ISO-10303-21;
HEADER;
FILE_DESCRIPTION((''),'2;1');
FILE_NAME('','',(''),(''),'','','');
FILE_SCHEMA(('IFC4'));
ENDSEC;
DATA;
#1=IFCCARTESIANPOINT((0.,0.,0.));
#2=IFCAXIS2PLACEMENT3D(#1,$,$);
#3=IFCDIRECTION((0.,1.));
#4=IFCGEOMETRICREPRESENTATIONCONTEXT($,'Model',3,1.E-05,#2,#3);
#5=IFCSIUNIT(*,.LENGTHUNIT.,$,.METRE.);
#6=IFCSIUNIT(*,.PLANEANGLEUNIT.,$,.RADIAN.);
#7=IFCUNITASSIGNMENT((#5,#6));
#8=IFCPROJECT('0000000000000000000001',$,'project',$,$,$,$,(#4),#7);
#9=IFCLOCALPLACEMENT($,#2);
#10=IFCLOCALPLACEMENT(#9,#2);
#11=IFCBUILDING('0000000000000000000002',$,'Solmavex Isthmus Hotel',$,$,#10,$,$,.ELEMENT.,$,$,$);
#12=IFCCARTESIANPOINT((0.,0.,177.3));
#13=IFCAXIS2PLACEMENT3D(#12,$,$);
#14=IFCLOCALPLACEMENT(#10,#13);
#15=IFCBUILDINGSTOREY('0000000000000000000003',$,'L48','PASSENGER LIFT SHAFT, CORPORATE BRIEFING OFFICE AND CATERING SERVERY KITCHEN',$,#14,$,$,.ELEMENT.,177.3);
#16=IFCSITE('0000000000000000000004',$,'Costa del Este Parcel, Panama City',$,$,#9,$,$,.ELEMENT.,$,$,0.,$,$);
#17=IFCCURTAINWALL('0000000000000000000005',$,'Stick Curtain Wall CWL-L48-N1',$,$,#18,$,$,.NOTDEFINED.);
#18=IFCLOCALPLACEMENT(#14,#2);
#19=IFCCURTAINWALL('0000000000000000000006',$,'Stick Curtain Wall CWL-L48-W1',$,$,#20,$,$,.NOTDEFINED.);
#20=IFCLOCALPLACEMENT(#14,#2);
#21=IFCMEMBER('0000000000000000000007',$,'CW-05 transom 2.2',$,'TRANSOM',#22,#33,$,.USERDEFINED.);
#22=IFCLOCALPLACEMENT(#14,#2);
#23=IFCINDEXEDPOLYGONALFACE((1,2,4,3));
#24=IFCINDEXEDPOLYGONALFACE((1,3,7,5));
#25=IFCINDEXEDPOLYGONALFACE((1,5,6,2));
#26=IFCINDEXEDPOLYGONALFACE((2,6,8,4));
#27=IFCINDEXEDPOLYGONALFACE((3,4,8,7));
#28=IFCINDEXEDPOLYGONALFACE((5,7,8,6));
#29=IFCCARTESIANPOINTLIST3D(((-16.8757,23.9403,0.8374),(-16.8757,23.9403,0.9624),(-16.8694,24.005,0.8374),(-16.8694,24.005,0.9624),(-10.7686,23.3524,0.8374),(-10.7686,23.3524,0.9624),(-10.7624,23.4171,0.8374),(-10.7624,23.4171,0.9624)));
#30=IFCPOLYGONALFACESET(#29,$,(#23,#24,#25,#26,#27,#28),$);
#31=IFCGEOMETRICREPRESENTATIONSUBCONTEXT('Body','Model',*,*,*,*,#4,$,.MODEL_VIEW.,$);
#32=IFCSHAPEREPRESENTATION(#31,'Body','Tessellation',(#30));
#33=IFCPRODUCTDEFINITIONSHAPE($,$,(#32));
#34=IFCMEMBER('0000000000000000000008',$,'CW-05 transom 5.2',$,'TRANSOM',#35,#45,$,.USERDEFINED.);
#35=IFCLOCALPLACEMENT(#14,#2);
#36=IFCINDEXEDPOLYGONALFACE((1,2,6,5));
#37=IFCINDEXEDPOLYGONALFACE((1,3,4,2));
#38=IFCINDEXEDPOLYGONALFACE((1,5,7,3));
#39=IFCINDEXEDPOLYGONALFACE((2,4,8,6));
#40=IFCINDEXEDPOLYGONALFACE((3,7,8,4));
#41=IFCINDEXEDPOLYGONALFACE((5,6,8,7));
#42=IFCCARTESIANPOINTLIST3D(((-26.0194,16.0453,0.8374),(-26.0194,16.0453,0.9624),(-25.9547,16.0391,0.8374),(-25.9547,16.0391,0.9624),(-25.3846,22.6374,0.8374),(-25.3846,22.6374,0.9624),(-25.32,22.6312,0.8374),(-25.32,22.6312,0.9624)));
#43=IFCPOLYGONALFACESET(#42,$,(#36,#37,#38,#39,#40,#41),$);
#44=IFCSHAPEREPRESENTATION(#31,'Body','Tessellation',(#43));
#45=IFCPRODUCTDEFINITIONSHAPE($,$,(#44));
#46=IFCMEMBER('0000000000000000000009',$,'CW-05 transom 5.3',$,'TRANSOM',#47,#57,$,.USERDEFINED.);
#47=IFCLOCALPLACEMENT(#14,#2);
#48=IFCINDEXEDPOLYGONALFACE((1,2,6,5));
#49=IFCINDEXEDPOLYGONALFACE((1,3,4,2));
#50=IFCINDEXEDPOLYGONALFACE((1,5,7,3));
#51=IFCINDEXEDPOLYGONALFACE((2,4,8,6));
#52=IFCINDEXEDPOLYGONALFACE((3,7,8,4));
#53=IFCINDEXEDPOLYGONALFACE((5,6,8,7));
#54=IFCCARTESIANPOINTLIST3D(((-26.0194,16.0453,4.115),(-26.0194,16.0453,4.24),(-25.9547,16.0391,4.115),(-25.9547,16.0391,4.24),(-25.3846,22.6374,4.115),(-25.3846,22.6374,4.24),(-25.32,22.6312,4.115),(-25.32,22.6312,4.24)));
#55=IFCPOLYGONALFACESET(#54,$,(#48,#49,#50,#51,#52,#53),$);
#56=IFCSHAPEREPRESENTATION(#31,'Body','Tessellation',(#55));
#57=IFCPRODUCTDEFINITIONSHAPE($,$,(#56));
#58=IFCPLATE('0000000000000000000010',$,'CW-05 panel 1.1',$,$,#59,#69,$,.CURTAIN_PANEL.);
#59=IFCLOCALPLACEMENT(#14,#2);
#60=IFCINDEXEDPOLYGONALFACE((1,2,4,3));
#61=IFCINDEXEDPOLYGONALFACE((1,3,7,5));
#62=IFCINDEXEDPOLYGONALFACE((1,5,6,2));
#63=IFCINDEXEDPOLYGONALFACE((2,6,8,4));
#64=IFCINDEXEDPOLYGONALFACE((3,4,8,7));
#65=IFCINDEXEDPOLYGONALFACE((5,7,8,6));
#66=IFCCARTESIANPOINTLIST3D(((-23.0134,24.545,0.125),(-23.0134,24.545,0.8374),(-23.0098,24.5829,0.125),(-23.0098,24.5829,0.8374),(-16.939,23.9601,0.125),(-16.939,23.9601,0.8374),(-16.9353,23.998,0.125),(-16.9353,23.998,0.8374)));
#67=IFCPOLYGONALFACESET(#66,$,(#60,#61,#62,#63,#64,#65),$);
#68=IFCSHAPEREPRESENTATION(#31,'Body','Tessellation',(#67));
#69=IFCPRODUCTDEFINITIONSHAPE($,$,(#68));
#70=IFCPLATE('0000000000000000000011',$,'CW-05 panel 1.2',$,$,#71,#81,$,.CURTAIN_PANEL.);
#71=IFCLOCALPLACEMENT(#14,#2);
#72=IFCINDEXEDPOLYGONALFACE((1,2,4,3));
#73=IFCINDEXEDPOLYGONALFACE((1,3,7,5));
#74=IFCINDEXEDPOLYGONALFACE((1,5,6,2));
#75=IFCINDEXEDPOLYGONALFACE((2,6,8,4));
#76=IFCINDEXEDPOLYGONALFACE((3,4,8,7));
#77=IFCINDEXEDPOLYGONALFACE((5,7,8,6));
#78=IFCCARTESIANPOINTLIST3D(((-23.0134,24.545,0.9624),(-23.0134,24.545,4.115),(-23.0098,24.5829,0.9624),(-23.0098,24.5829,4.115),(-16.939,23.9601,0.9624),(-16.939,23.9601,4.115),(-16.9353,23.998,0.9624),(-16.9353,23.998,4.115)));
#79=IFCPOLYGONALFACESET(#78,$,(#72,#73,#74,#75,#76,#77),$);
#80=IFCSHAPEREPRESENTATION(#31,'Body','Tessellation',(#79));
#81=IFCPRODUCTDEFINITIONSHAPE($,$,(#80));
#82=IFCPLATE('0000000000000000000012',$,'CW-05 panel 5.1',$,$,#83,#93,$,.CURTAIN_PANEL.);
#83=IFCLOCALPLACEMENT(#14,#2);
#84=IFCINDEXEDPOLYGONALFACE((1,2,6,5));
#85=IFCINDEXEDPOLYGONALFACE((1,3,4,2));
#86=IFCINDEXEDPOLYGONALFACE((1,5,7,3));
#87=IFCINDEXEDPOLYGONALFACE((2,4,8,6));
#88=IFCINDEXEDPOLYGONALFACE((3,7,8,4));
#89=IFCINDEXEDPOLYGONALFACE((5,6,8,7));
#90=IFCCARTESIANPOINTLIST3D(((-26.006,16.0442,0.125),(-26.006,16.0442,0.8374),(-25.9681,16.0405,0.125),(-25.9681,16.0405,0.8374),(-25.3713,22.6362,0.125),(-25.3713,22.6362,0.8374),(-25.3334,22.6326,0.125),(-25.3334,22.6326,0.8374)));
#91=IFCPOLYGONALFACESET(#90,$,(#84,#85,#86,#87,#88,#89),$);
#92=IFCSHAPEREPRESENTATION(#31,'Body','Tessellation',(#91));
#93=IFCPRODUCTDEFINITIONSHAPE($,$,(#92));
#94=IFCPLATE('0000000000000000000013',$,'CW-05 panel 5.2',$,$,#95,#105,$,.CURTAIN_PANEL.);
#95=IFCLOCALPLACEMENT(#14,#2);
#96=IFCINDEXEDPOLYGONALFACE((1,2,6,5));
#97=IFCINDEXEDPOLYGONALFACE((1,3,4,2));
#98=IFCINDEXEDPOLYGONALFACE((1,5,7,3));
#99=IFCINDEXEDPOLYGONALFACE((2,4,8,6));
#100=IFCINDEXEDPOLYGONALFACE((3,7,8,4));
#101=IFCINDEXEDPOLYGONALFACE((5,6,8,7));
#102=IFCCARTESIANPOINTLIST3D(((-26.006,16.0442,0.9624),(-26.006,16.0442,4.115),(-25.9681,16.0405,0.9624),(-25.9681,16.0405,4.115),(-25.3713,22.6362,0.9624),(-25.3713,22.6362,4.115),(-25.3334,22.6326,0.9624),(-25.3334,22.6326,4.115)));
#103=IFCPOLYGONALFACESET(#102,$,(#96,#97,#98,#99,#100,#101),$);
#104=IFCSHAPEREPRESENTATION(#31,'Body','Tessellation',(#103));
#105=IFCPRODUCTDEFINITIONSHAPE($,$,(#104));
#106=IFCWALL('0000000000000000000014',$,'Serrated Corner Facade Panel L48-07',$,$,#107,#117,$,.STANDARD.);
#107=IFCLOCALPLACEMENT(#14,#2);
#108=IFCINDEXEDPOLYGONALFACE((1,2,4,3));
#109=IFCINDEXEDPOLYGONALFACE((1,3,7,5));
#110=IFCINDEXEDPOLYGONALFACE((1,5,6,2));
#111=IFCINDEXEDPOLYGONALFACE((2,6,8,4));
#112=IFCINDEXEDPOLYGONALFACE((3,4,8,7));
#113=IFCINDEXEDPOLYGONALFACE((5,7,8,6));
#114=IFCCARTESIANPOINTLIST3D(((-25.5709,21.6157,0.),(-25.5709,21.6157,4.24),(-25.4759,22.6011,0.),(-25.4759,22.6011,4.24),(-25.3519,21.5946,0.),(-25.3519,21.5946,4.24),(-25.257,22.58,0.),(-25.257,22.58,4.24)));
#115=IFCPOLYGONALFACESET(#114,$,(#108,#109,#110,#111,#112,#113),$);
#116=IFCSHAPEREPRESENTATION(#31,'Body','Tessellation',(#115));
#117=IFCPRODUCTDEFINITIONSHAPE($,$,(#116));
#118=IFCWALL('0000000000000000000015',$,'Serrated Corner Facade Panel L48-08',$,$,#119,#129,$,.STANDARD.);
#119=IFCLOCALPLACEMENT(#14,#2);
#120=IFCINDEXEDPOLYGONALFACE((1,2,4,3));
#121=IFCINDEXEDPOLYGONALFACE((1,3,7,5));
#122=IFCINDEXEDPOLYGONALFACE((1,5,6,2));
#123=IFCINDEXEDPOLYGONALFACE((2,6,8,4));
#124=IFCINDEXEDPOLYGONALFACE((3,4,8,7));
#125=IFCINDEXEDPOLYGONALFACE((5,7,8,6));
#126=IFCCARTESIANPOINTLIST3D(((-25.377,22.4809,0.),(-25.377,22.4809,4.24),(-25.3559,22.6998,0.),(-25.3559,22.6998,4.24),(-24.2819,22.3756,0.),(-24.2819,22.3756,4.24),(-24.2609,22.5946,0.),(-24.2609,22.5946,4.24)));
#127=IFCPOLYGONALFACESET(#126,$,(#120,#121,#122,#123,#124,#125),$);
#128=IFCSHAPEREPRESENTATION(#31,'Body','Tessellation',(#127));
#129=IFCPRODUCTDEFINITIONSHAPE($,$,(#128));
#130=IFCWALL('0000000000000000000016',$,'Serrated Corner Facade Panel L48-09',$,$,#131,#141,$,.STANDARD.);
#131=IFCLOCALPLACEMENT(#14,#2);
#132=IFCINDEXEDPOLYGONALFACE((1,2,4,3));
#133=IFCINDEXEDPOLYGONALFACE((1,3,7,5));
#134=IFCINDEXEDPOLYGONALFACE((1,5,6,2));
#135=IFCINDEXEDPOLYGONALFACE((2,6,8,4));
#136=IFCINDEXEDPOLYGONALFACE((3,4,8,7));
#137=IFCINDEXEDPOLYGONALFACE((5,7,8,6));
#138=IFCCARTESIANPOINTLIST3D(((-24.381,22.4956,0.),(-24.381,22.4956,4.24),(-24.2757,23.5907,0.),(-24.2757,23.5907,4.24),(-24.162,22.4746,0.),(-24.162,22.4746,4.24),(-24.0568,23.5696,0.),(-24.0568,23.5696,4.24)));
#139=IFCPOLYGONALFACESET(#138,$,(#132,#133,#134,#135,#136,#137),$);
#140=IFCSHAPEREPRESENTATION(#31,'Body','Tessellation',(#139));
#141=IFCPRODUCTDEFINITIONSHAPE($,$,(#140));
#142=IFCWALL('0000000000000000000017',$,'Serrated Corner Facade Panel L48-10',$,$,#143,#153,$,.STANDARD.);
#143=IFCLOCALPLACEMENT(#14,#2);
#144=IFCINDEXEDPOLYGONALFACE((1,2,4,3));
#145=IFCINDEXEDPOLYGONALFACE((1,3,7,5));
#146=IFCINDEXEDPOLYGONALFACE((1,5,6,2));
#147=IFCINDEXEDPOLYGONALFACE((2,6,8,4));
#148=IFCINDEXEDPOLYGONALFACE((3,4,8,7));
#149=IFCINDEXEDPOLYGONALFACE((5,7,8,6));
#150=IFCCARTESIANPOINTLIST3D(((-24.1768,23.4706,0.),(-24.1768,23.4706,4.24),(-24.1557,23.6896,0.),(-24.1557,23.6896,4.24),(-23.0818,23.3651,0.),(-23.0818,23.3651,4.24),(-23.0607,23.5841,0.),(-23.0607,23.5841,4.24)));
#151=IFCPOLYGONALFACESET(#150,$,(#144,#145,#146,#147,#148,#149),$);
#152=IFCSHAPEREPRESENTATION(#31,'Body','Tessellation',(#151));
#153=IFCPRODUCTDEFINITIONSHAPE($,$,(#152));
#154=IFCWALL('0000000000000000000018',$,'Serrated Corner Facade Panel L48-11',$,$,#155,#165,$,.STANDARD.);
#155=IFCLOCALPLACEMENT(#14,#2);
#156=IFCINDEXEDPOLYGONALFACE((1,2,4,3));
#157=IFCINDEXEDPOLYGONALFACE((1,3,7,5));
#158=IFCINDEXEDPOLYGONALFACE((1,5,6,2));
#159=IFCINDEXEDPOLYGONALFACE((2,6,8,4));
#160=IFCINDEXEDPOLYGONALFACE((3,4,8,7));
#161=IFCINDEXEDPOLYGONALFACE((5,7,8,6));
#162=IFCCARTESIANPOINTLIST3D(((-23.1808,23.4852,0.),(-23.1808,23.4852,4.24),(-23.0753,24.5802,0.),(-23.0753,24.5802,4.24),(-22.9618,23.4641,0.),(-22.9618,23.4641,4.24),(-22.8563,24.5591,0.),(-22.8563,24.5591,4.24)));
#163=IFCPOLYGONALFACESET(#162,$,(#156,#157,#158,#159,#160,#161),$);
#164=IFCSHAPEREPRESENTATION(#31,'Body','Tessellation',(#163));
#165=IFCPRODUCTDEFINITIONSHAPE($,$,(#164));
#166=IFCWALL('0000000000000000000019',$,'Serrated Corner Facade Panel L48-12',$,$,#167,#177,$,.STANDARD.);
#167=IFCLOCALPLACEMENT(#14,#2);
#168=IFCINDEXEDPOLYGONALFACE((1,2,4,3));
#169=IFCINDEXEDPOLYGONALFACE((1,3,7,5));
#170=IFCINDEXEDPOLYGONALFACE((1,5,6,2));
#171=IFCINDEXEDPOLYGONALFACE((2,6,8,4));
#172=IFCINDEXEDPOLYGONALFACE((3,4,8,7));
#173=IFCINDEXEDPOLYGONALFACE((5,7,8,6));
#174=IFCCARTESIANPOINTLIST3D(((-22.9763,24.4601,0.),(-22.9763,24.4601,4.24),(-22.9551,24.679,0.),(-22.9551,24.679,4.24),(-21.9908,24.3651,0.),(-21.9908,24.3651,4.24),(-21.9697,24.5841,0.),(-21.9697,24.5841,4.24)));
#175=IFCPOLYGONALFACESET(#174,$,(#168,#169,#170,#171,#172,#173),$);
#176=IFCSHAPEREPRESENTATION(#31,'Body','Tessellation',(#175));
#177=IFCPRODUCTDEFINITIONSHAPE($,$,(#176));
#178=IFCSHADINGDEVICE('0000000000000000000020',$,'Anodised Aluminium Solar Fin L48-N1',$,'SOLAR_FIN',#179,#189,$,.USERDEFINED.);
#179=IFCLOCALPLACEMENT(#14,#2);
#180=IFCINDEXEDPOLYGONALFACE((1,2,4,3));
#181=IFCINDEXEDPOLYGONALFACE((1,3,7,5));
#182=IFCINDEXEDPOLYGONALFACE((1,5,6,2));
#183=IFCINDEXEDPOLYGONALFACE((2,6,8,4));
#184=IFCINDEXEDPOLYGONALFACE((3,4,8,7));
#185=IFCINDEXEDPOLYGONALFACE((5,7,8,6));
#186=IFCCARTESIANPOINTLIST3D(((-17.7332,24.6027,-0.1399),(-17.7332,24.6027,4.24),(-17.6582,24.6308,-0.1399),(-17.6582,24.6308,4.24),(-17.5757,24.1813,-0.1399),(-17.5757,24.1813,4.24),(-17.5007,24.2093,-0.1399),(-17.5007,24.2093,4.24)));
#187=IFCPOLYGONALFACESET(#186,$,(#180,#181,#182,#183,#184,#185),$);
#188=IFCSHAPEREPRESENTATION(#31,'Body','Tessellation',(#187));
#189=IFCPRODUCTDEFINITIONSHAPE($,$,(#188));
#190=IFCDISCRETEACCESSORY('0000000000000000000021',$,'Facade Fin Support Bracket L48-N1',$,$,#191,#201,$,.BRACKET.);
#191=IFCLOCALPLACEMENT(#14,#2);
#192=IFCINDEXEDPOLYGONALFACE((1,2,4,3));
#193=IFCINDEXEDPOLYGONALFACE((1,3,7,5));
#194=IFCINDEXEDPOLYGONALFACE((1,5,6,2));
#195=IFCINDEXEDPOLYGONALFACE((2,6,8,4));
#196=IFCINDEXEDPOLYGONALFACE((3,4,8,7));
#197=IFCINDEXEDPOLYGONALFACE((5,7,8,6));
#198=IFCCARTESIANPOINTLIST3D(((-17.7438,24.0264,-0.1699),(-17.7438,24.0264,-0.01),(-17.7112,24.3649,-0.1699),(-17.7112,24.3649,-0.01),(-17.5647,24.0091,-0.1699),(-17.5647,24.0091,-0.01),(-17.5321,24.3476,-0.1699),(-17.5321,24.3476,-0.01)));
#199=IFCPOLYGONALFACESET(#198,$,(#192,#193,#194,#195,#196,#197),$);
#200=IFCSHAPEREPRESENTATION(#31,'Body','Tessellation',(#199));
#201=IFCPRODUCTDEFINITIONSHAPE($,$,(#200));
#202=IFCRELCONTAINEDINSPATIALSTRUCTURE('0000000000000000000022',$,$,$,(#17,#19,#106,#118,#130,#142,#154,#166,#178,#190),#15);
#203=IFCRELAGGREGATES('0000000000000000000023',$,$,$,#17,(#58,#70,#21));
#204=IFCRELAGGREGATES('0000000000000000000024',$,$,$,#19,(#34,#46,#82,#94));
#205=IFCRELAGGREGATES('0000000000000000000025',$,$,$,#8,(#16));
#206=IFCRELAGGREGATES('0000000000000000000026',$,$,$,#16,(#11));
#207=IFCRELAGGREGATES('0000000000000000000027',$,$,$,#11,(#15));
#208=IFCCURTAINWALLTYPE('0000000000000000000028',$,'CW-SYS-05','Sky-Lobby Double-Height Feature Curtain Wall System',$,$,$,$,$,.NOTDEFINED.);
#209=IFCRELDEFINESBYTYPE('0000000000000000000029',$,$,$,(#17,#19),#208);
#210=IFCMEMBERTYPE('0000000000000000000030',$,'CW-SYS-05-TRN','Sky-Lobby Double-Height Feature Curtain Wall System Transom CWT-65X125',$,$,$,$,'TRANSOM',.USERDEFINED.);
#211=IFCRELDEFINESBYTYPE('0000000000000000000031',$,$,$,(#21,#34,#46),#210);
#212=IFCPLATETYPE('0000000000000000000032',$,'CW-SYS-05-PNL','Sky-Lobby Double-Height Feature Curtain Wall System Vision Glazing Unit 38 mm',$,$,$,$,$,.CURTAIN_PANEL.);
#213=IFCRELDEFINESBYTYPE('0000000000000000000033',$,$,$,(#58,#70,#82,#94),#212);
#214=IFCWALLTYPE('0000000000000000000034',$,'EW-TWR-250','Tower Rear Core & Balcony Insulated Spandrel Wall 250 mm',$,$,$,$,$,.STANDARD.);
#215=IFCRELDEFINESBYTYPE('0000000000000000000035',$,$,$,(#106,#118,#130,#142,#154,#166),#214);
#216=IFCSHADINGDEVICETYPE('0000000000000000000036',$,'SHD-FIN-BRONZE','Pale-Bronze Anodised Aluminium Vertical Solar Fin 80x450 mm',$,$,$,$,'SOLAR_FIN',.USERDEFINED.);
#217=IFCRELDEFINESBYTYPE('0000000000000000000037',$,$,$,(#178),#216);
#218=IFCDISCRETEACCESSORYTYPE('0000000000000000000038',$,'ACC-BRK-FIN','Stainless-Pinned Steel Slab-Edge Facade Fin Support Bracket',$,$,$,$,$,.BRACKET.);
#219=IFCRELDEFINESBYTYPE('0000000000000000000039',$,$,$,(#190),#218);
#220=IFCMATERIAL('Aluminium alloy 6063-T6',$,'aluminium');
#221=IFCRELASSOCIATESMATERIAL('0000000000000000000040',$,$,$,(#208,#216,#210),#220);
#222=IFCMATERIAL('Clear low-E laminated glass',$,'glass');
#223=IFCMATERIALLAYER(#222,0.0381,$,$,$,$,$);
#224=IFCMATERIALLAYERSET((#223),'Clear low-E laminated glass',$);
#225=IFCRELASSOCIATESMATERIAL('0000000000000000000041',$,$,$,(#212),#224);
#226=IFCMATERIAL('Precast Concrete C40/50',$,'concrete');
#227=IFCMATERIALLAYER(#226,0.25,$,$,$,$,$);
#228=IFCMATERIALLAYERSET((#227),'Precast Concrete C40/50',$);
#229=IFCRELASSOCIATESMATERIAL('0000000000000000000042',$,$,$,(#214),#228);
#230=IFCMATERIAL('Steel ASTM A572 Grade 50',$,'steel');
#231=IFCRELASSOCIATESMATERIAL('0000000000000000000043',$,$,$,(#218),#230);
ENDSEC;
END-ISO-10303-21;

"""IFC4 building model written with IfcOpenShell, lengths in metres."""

from ifc_helpers import new_model, si_unit, direction, frame, frame_2d, origin, origin_2d, place, context, subcontext, project, spatial, rectangle, extrude, material, layer, layer_set, material_profile, profile_set, type_object, element, aggregate, save


model = new_model("IFC4")

# Units and contexts
model_context = context("Model", 3, precision=1e-05, world=origin(), true_north=direction((0.0, 1.0)))
body_context = subcontext(model_context, "Body", "Model", "MODEL_VIEW")
ifc_project = project(units=[si_unit("LENGTHUNIT", "METRE"), si_unit("PLANEANGLEUNIT", "RADIAN")], contexts=[model_context])

# Site, building, storey
site_placement = place(None, origin())
site = spatial("IfcSite", under=ifc_project, at=site_placement, Name="Costa del Este Parcel, Panama City", CompositionType="ELEMENT", RefElevation=0.0)
building_placement = place(site_placement, origin())
building = spatial("IfcBuilding", under=site, at=building_placement, Name="Solmavex Isthmus Hotel", CompositionType="ELEMENT")
storey_placement = place(building_placement, frame((0.0, 0.0, 177.3)))
storey = spatial("IfcBuildingStorey", under=building, at=storey_placement, Name="L48", Description="PASSENGER LIFT SHAFT, CORPORATE BRIEFING OFFICE AND CATERING SERVERY KITCHEN", CompositionType="ELEMENT", Elevation=177.3)

# Curtain wall
ifc_material_1 = material(Name="Aluminium alloy 6063-T6", Category="aluminium")
curtain_wall_type = type_object("IfcCurtainWallType", Name="CW-SYS-05", Description="Sky-Lobby Double-Height Feature Curtain Wall System", PredefinedType="NOTDEFINED", material=ifc_material_1)
curtain_wall_1_placement = place(storey_placement, origin())
curtain_wall_1 = element("IfcCurtainWall", 1, at=curtain_wall_1_placement, inside=storey, type_object=curtain_wall_type, Name="Stick Curtain Wall CWL-L48-N1", PredefinedType="NOTDEFINED")

# Curtain wall
curtain_wall_2_placement = place(storey_placement, origin())
curtain_wall_2 = element("IfcCurtainWall", 2, at=curtain_wall_2_placement, inside=storey, type_object=curtain_wall_type, Name="Stick Curtain Wall CWL-L48-W1", PredefinedType="NOTDEFINED")

# Members
ifc_material_profile_1 = material_profile(ifc_material_1, rectangle(XDim=0.0649, YDim=0.125, at=origin_2d()), Name="CWT-65X125")
ifc_profile_set_1 = profile_set([ifc_material_profile_1], Name="Aluminium alloy 6063-T6")
member_type_1 = type_object("IfcMemberType", Name="CW-SYS-05-TRN", Description="Sky-Lobby Double-Height Feature Curtain Wall System Transom CWT-65X125", ElementType="TRANSOM", PredefinedType="USERDEFINED", material=ifc_profile_set_1)
member_1_placement = place(storey_placement, frame((-16.8726, 23.9727, 0.8999), z_axis=(0.995398, -0.095823, 0.0), x_axis=(0.095823, 0.995398, 0.0)))
member_1 = element("IfcMember", 3, at=member_1_placement, type_object=member_type_1, Name="CW-05 transom 2.2", ObjectType="TRANSOM", PredefinedType="USERDEFINED", context=body_context, shape_type="SweptSolid", body=[
    extrude(rectangle(XDim=0.0649, YDim=0.125, at=origin_2d()), origin(), (0.0, 0.0, 1.0), 6.1353),
])
member_2_placement = place(storey_placement, frame((-25.9871, 16.0422, 0.8999), z_axis=(0.095849, 0.995396, 0.0), x_axis=(-0.995396, 0.095849, 0.0)))
member_2 = element("IfcMember", 4, at=member_2_placement, type_object=member_type_1, Name="CW-05 transom 5.2", ObjectType="TRANSOM", PredefinedType="USERDEFINED", context=body_context, shape_type="SweptSolid", body=[
    extrude(rectangle(XDim=0.0649, YDim=0.125, at=origin_2d()), origin(), (0.0, 0.0, 1.0), 6.6226),
])
member_3_placement = place(storey_placement, frame((-25.9871, 16.0422, 4.1775), z_axis=(0.095849, 0.995396, 0.0), x_axis=(-0.995396, 0.095849, 0.0)))
member_3 = element("IfcMember", 5, at=member_3_placement, type_object=member_type_1, Name="CW-05 transom 5.3", ObjectType="TRANSOM", PredefinedType="USERDEFINED", context=body_context, shape_type="SweptSolid", body=[
    extrude(rectangle(XDim=0.0649, YDim=0.125, at=origin_2d()), origin(), (0.0, 0.0, 1.0), 6.6226),
])

# Plates
ifc_material_2 = material(Name="Clear low-E laminated glass", Category="glass")
ifc_layer_1 = layer(ifc_material_2, 0.0381)
ifc_layer_set_1 = layer_set([ifc_layer_1], Name="Clear low-E laminated glass")
plate_type = type_object("IfcPlateType", Name="CW-SYS-05-PNL", Description="Sky-Lobby Double-Height Feature Curtain Wall System Vision Glazing Unit 38 mm", PredefinedType="CURTAIN_PANEL", material=ifc_layer_set_1)
plate_1_placement = place(storey_placement, frame((-19.9744, 24.2715, 0.125), z_axis=(0.0, 0.0, 1.0), x_axis=(0.995396, -0.095846, 0.0)))
plate_1 = element("IfcPlate", 6, at=plate_1_placement, type_object=plate_type, Name="CW-05 panel 1.1", PredefinedType="CURTAIN_PANEL", context=body_context, shape_type="SweptSolid", body=[
    extrude(rectangle(XDim=6.1025, YDim=0.0381, at=origin_2d()), origin(), (0.0, 0.0, 1.0), 0.7124),
])
plate_2_placement = place(storey_placement, frame((-19.9744, 24.2715, 0.9624), z_axis=(0.0, 0.0, 1.0), x_axis=(0.995396, -0.095846, 0.0)))
plate_2 = element("IfcPlate", 7, at=plate_2_placement, type_object=plate_type, Name="CW-05 panel 1.2", PredefinedType="CURTAIN_PANEL", context=body_context, shape_type="SweptSolid", body=[
    extrude(rectangle(XDim=6.1025, YDim=0.0381, at=origin_2d()), origin(), (0.0, 0.0, 1.0), 3.1526),
])
aggregate(curtain_wall_1, [plate_1, plate_2, member_1])
plate_3_placement = place(storey_placement, frame((-25.6697, 19.3384, 0.125), z_axis=(0.0, 0.0, 1.0), x_axis=(0.095846, 0.995396, 0.0)))
plate_3 = element("IfcPlate", 8, at=plate_3_placement, type_object=plate_type, Name="CW-05 panel 5.1", PredefinedType="CURTAIN_PANEL", context=body_context, shape_type="SweptSolid", body=[
    extrude(rectangle(XDim=6.6226, YDim=0.0381, at=origin_2d()), origin(), (0.0, 0.0, 1.0), 0.7124),
])
plate_4_placement = place(storey_placement, frame((-25.6697, 19.3384, 0.9624), z_axis=(0.0, 0.0, 1.0), x_axis=(0.095846, 0.995396, 0.0)))
plate_4 = element("IfcPlate", 9, at=plate_4_placement, type_object=plate_type, Name="CW-05 panel 5.2", PredefinedType="CURTAIN_PANEL", context=body_context, shape_type="SweptSolid", body=[
    extrude(rectangle(XDim=6.6226, YDim=0.0381, at=origin_2d()), origin(), (0.0, 0.0, 1.0), 3.1526),
])
aggregate(curtain_wall_2, [member_2, member_3, plate_3, plate_4])

# Walls
ifc_material_3 = material(Name="Precast Concrete C40/50", Category="concrete")
ifc_layer_2 = layer(ifc_material_3, 0.25)
ifc_layer_set_2 = layer_set([ifc_layer_2], Name="Precast Concrete C40/50")
wall_type = type_object("IfcWallType", Name="EW-TWR-250", Description="Tower Rear Core & Balcony Insulated Spandrel Wall 250 mm", PredefinedType="STANDARD", material=ifc_layer_set_2)
wall_1_placement = place(storey_placement, frame((-25.4614, 21.605, 0.0), z_axis=(0.0, 0.0, 1.0), x_axis=(0.095938, 0.995387, 0.0)))
element("IfcWall", 10, at=wall_1_placement, inside=storey, type_object=wall_type, Name="Serrated Corner Facade Panel L48-07", PredefinedType="STANDARD", context=body_context, shape_type="SweptSolid", body=[
    extrude(rectangle(XDim=0.99, YDim=0.22, at=frame_2d((0.4951, 0.0))), origin(), (0.0, 0.0, 1.0), 4.24),
])
for number, where, z_axis, x_axis, name in (
    (11, (-25.3665, 22.5903, 0.0), (0.0, 0.0, 1.0), (0.995414, -0.095657, 0.0), "Serrated Corner Facade Panel L48-08"),
    (12, (-24.2715, 22.4851, 0.0), (0.0, 0.0, 1.0), (0.095657, 0.995414, 0.0), "Serrated Corner Facade Panel L48-09"),
    (13, (-24.1663, 23.5801, 0.0), (0.0, 0.0, 1.0), (0.995393, -0.095877, 0.0), "Serrated Corner Facade Panel L48-10"),
    (14, (-23.0713, 23.4746, 0.0), (0.0, 0.0, 1.0), (0.095877, 0.995393, 0.0), "Serrated Corner Facade Panel L48-11"),
):
    element("IfcWall", number, at=place(storey_placement, frame(where, z_axis=z_axis, x_axis=x_axis)), inside=storey, type_object=wall_type, Name=name, PredefinedType="STANDARD", context=body_context, shape_type="SweptSolid", body=[
        extrude(rectangle(XDim=1.1001, YDim=0.22, at=frame_2d((0.55, 0.0))), origin(), (0.0, 0.0, 1.0), 4.24),
    ])
wall_2_placement = place(storey_placement, frame((-22.9658, 24.5696, 0.0), z_axis=(0.0, 0.0, 1.0), x_axis=(0.995387, -0.095938, 0.0)))
element("IfcWall", 15, at=wall_2_placement, inside=storey, type_object=wall_type, Name="Serrated Corner Facade Panel L48-12", PredefinedType="STANDARD", context=body_context, shape_type="SweptSolid", body=[
    extrude(rectangle(XDim=0.99, YDim=0.22, at=frame_2d((0.4951, 0.0))), origin(), (0.0, 0.0, 1.0), 4.24),
])

# Shading device
shading_device_type = type_object("IfcShadingDeviceType", Name="SHD-FIN-BRONZE", Description="Pale-Bronze Anodised Aluminium Vertical Solar Fin 80x450 mm", ElementType="SOLAR_FIN", PredefinedType="USERDEFINED", material=ifc_material_1)
shading_device_placement = place(storey_placement, frame((-17.6169, 24.406, -0.1399), z_axis=(0.0, 0.0, 1.0), x_axis=(-0.350207, 0.936672, 0.0)))
element("IfcShadingDevice", 16, at=shading_device_placement, inside=storey, type_object=shading_device_type, Name="Anodised Aluminium Solar Fin L48-N1", ObjectType="SOLAR_FIN", PredefinedType="USERDEFINED", context=body_context, shape_type="SweptSolid", body=[
    extrude(rectangle(XDim=0.45, YDim=0.0801, at=origin_2d()), origin(), (0.0, 0.0, 1.0), 4.3799),
])

# Discrete accessory
ifc_material_4 = material(Name="Steel ASTM A572 Grade 50", Category="steel")
discrete_accessory_type = type_object("IfcDiscreteAccessoryType", Name="ACC-BRK-FIN", Description="Stainless-Pinned Steel Slab-Edge Facade Fin Support Bracket", PredefinedType="BRACKET", material=ifc_material_4)
discrete_accessory_placement = place(storey_placement, frame((-17.6379, 24.187, -0.1699), z_axis=(0.0, 0.0, 1.0), x_axis=(0.095846, 0.995396, 0.0)))
element("IfcDiscreteAccessory", 17, at=discrete_accessory_placement, inside=storey, type_object=discrete_accessory_type, Name="Facade Fin Support Bracket L48-N1", PredefinedType="BRACKET", context=body_context, shape_type="SweptSolid", body=[
    extrude(rectangle(XDim=0.3401, YDim=0.1799, at=origin_2d()), origin(), (0.0, 0.0, 1.0), 0.1599),
])

save(model, "model.ifc")
